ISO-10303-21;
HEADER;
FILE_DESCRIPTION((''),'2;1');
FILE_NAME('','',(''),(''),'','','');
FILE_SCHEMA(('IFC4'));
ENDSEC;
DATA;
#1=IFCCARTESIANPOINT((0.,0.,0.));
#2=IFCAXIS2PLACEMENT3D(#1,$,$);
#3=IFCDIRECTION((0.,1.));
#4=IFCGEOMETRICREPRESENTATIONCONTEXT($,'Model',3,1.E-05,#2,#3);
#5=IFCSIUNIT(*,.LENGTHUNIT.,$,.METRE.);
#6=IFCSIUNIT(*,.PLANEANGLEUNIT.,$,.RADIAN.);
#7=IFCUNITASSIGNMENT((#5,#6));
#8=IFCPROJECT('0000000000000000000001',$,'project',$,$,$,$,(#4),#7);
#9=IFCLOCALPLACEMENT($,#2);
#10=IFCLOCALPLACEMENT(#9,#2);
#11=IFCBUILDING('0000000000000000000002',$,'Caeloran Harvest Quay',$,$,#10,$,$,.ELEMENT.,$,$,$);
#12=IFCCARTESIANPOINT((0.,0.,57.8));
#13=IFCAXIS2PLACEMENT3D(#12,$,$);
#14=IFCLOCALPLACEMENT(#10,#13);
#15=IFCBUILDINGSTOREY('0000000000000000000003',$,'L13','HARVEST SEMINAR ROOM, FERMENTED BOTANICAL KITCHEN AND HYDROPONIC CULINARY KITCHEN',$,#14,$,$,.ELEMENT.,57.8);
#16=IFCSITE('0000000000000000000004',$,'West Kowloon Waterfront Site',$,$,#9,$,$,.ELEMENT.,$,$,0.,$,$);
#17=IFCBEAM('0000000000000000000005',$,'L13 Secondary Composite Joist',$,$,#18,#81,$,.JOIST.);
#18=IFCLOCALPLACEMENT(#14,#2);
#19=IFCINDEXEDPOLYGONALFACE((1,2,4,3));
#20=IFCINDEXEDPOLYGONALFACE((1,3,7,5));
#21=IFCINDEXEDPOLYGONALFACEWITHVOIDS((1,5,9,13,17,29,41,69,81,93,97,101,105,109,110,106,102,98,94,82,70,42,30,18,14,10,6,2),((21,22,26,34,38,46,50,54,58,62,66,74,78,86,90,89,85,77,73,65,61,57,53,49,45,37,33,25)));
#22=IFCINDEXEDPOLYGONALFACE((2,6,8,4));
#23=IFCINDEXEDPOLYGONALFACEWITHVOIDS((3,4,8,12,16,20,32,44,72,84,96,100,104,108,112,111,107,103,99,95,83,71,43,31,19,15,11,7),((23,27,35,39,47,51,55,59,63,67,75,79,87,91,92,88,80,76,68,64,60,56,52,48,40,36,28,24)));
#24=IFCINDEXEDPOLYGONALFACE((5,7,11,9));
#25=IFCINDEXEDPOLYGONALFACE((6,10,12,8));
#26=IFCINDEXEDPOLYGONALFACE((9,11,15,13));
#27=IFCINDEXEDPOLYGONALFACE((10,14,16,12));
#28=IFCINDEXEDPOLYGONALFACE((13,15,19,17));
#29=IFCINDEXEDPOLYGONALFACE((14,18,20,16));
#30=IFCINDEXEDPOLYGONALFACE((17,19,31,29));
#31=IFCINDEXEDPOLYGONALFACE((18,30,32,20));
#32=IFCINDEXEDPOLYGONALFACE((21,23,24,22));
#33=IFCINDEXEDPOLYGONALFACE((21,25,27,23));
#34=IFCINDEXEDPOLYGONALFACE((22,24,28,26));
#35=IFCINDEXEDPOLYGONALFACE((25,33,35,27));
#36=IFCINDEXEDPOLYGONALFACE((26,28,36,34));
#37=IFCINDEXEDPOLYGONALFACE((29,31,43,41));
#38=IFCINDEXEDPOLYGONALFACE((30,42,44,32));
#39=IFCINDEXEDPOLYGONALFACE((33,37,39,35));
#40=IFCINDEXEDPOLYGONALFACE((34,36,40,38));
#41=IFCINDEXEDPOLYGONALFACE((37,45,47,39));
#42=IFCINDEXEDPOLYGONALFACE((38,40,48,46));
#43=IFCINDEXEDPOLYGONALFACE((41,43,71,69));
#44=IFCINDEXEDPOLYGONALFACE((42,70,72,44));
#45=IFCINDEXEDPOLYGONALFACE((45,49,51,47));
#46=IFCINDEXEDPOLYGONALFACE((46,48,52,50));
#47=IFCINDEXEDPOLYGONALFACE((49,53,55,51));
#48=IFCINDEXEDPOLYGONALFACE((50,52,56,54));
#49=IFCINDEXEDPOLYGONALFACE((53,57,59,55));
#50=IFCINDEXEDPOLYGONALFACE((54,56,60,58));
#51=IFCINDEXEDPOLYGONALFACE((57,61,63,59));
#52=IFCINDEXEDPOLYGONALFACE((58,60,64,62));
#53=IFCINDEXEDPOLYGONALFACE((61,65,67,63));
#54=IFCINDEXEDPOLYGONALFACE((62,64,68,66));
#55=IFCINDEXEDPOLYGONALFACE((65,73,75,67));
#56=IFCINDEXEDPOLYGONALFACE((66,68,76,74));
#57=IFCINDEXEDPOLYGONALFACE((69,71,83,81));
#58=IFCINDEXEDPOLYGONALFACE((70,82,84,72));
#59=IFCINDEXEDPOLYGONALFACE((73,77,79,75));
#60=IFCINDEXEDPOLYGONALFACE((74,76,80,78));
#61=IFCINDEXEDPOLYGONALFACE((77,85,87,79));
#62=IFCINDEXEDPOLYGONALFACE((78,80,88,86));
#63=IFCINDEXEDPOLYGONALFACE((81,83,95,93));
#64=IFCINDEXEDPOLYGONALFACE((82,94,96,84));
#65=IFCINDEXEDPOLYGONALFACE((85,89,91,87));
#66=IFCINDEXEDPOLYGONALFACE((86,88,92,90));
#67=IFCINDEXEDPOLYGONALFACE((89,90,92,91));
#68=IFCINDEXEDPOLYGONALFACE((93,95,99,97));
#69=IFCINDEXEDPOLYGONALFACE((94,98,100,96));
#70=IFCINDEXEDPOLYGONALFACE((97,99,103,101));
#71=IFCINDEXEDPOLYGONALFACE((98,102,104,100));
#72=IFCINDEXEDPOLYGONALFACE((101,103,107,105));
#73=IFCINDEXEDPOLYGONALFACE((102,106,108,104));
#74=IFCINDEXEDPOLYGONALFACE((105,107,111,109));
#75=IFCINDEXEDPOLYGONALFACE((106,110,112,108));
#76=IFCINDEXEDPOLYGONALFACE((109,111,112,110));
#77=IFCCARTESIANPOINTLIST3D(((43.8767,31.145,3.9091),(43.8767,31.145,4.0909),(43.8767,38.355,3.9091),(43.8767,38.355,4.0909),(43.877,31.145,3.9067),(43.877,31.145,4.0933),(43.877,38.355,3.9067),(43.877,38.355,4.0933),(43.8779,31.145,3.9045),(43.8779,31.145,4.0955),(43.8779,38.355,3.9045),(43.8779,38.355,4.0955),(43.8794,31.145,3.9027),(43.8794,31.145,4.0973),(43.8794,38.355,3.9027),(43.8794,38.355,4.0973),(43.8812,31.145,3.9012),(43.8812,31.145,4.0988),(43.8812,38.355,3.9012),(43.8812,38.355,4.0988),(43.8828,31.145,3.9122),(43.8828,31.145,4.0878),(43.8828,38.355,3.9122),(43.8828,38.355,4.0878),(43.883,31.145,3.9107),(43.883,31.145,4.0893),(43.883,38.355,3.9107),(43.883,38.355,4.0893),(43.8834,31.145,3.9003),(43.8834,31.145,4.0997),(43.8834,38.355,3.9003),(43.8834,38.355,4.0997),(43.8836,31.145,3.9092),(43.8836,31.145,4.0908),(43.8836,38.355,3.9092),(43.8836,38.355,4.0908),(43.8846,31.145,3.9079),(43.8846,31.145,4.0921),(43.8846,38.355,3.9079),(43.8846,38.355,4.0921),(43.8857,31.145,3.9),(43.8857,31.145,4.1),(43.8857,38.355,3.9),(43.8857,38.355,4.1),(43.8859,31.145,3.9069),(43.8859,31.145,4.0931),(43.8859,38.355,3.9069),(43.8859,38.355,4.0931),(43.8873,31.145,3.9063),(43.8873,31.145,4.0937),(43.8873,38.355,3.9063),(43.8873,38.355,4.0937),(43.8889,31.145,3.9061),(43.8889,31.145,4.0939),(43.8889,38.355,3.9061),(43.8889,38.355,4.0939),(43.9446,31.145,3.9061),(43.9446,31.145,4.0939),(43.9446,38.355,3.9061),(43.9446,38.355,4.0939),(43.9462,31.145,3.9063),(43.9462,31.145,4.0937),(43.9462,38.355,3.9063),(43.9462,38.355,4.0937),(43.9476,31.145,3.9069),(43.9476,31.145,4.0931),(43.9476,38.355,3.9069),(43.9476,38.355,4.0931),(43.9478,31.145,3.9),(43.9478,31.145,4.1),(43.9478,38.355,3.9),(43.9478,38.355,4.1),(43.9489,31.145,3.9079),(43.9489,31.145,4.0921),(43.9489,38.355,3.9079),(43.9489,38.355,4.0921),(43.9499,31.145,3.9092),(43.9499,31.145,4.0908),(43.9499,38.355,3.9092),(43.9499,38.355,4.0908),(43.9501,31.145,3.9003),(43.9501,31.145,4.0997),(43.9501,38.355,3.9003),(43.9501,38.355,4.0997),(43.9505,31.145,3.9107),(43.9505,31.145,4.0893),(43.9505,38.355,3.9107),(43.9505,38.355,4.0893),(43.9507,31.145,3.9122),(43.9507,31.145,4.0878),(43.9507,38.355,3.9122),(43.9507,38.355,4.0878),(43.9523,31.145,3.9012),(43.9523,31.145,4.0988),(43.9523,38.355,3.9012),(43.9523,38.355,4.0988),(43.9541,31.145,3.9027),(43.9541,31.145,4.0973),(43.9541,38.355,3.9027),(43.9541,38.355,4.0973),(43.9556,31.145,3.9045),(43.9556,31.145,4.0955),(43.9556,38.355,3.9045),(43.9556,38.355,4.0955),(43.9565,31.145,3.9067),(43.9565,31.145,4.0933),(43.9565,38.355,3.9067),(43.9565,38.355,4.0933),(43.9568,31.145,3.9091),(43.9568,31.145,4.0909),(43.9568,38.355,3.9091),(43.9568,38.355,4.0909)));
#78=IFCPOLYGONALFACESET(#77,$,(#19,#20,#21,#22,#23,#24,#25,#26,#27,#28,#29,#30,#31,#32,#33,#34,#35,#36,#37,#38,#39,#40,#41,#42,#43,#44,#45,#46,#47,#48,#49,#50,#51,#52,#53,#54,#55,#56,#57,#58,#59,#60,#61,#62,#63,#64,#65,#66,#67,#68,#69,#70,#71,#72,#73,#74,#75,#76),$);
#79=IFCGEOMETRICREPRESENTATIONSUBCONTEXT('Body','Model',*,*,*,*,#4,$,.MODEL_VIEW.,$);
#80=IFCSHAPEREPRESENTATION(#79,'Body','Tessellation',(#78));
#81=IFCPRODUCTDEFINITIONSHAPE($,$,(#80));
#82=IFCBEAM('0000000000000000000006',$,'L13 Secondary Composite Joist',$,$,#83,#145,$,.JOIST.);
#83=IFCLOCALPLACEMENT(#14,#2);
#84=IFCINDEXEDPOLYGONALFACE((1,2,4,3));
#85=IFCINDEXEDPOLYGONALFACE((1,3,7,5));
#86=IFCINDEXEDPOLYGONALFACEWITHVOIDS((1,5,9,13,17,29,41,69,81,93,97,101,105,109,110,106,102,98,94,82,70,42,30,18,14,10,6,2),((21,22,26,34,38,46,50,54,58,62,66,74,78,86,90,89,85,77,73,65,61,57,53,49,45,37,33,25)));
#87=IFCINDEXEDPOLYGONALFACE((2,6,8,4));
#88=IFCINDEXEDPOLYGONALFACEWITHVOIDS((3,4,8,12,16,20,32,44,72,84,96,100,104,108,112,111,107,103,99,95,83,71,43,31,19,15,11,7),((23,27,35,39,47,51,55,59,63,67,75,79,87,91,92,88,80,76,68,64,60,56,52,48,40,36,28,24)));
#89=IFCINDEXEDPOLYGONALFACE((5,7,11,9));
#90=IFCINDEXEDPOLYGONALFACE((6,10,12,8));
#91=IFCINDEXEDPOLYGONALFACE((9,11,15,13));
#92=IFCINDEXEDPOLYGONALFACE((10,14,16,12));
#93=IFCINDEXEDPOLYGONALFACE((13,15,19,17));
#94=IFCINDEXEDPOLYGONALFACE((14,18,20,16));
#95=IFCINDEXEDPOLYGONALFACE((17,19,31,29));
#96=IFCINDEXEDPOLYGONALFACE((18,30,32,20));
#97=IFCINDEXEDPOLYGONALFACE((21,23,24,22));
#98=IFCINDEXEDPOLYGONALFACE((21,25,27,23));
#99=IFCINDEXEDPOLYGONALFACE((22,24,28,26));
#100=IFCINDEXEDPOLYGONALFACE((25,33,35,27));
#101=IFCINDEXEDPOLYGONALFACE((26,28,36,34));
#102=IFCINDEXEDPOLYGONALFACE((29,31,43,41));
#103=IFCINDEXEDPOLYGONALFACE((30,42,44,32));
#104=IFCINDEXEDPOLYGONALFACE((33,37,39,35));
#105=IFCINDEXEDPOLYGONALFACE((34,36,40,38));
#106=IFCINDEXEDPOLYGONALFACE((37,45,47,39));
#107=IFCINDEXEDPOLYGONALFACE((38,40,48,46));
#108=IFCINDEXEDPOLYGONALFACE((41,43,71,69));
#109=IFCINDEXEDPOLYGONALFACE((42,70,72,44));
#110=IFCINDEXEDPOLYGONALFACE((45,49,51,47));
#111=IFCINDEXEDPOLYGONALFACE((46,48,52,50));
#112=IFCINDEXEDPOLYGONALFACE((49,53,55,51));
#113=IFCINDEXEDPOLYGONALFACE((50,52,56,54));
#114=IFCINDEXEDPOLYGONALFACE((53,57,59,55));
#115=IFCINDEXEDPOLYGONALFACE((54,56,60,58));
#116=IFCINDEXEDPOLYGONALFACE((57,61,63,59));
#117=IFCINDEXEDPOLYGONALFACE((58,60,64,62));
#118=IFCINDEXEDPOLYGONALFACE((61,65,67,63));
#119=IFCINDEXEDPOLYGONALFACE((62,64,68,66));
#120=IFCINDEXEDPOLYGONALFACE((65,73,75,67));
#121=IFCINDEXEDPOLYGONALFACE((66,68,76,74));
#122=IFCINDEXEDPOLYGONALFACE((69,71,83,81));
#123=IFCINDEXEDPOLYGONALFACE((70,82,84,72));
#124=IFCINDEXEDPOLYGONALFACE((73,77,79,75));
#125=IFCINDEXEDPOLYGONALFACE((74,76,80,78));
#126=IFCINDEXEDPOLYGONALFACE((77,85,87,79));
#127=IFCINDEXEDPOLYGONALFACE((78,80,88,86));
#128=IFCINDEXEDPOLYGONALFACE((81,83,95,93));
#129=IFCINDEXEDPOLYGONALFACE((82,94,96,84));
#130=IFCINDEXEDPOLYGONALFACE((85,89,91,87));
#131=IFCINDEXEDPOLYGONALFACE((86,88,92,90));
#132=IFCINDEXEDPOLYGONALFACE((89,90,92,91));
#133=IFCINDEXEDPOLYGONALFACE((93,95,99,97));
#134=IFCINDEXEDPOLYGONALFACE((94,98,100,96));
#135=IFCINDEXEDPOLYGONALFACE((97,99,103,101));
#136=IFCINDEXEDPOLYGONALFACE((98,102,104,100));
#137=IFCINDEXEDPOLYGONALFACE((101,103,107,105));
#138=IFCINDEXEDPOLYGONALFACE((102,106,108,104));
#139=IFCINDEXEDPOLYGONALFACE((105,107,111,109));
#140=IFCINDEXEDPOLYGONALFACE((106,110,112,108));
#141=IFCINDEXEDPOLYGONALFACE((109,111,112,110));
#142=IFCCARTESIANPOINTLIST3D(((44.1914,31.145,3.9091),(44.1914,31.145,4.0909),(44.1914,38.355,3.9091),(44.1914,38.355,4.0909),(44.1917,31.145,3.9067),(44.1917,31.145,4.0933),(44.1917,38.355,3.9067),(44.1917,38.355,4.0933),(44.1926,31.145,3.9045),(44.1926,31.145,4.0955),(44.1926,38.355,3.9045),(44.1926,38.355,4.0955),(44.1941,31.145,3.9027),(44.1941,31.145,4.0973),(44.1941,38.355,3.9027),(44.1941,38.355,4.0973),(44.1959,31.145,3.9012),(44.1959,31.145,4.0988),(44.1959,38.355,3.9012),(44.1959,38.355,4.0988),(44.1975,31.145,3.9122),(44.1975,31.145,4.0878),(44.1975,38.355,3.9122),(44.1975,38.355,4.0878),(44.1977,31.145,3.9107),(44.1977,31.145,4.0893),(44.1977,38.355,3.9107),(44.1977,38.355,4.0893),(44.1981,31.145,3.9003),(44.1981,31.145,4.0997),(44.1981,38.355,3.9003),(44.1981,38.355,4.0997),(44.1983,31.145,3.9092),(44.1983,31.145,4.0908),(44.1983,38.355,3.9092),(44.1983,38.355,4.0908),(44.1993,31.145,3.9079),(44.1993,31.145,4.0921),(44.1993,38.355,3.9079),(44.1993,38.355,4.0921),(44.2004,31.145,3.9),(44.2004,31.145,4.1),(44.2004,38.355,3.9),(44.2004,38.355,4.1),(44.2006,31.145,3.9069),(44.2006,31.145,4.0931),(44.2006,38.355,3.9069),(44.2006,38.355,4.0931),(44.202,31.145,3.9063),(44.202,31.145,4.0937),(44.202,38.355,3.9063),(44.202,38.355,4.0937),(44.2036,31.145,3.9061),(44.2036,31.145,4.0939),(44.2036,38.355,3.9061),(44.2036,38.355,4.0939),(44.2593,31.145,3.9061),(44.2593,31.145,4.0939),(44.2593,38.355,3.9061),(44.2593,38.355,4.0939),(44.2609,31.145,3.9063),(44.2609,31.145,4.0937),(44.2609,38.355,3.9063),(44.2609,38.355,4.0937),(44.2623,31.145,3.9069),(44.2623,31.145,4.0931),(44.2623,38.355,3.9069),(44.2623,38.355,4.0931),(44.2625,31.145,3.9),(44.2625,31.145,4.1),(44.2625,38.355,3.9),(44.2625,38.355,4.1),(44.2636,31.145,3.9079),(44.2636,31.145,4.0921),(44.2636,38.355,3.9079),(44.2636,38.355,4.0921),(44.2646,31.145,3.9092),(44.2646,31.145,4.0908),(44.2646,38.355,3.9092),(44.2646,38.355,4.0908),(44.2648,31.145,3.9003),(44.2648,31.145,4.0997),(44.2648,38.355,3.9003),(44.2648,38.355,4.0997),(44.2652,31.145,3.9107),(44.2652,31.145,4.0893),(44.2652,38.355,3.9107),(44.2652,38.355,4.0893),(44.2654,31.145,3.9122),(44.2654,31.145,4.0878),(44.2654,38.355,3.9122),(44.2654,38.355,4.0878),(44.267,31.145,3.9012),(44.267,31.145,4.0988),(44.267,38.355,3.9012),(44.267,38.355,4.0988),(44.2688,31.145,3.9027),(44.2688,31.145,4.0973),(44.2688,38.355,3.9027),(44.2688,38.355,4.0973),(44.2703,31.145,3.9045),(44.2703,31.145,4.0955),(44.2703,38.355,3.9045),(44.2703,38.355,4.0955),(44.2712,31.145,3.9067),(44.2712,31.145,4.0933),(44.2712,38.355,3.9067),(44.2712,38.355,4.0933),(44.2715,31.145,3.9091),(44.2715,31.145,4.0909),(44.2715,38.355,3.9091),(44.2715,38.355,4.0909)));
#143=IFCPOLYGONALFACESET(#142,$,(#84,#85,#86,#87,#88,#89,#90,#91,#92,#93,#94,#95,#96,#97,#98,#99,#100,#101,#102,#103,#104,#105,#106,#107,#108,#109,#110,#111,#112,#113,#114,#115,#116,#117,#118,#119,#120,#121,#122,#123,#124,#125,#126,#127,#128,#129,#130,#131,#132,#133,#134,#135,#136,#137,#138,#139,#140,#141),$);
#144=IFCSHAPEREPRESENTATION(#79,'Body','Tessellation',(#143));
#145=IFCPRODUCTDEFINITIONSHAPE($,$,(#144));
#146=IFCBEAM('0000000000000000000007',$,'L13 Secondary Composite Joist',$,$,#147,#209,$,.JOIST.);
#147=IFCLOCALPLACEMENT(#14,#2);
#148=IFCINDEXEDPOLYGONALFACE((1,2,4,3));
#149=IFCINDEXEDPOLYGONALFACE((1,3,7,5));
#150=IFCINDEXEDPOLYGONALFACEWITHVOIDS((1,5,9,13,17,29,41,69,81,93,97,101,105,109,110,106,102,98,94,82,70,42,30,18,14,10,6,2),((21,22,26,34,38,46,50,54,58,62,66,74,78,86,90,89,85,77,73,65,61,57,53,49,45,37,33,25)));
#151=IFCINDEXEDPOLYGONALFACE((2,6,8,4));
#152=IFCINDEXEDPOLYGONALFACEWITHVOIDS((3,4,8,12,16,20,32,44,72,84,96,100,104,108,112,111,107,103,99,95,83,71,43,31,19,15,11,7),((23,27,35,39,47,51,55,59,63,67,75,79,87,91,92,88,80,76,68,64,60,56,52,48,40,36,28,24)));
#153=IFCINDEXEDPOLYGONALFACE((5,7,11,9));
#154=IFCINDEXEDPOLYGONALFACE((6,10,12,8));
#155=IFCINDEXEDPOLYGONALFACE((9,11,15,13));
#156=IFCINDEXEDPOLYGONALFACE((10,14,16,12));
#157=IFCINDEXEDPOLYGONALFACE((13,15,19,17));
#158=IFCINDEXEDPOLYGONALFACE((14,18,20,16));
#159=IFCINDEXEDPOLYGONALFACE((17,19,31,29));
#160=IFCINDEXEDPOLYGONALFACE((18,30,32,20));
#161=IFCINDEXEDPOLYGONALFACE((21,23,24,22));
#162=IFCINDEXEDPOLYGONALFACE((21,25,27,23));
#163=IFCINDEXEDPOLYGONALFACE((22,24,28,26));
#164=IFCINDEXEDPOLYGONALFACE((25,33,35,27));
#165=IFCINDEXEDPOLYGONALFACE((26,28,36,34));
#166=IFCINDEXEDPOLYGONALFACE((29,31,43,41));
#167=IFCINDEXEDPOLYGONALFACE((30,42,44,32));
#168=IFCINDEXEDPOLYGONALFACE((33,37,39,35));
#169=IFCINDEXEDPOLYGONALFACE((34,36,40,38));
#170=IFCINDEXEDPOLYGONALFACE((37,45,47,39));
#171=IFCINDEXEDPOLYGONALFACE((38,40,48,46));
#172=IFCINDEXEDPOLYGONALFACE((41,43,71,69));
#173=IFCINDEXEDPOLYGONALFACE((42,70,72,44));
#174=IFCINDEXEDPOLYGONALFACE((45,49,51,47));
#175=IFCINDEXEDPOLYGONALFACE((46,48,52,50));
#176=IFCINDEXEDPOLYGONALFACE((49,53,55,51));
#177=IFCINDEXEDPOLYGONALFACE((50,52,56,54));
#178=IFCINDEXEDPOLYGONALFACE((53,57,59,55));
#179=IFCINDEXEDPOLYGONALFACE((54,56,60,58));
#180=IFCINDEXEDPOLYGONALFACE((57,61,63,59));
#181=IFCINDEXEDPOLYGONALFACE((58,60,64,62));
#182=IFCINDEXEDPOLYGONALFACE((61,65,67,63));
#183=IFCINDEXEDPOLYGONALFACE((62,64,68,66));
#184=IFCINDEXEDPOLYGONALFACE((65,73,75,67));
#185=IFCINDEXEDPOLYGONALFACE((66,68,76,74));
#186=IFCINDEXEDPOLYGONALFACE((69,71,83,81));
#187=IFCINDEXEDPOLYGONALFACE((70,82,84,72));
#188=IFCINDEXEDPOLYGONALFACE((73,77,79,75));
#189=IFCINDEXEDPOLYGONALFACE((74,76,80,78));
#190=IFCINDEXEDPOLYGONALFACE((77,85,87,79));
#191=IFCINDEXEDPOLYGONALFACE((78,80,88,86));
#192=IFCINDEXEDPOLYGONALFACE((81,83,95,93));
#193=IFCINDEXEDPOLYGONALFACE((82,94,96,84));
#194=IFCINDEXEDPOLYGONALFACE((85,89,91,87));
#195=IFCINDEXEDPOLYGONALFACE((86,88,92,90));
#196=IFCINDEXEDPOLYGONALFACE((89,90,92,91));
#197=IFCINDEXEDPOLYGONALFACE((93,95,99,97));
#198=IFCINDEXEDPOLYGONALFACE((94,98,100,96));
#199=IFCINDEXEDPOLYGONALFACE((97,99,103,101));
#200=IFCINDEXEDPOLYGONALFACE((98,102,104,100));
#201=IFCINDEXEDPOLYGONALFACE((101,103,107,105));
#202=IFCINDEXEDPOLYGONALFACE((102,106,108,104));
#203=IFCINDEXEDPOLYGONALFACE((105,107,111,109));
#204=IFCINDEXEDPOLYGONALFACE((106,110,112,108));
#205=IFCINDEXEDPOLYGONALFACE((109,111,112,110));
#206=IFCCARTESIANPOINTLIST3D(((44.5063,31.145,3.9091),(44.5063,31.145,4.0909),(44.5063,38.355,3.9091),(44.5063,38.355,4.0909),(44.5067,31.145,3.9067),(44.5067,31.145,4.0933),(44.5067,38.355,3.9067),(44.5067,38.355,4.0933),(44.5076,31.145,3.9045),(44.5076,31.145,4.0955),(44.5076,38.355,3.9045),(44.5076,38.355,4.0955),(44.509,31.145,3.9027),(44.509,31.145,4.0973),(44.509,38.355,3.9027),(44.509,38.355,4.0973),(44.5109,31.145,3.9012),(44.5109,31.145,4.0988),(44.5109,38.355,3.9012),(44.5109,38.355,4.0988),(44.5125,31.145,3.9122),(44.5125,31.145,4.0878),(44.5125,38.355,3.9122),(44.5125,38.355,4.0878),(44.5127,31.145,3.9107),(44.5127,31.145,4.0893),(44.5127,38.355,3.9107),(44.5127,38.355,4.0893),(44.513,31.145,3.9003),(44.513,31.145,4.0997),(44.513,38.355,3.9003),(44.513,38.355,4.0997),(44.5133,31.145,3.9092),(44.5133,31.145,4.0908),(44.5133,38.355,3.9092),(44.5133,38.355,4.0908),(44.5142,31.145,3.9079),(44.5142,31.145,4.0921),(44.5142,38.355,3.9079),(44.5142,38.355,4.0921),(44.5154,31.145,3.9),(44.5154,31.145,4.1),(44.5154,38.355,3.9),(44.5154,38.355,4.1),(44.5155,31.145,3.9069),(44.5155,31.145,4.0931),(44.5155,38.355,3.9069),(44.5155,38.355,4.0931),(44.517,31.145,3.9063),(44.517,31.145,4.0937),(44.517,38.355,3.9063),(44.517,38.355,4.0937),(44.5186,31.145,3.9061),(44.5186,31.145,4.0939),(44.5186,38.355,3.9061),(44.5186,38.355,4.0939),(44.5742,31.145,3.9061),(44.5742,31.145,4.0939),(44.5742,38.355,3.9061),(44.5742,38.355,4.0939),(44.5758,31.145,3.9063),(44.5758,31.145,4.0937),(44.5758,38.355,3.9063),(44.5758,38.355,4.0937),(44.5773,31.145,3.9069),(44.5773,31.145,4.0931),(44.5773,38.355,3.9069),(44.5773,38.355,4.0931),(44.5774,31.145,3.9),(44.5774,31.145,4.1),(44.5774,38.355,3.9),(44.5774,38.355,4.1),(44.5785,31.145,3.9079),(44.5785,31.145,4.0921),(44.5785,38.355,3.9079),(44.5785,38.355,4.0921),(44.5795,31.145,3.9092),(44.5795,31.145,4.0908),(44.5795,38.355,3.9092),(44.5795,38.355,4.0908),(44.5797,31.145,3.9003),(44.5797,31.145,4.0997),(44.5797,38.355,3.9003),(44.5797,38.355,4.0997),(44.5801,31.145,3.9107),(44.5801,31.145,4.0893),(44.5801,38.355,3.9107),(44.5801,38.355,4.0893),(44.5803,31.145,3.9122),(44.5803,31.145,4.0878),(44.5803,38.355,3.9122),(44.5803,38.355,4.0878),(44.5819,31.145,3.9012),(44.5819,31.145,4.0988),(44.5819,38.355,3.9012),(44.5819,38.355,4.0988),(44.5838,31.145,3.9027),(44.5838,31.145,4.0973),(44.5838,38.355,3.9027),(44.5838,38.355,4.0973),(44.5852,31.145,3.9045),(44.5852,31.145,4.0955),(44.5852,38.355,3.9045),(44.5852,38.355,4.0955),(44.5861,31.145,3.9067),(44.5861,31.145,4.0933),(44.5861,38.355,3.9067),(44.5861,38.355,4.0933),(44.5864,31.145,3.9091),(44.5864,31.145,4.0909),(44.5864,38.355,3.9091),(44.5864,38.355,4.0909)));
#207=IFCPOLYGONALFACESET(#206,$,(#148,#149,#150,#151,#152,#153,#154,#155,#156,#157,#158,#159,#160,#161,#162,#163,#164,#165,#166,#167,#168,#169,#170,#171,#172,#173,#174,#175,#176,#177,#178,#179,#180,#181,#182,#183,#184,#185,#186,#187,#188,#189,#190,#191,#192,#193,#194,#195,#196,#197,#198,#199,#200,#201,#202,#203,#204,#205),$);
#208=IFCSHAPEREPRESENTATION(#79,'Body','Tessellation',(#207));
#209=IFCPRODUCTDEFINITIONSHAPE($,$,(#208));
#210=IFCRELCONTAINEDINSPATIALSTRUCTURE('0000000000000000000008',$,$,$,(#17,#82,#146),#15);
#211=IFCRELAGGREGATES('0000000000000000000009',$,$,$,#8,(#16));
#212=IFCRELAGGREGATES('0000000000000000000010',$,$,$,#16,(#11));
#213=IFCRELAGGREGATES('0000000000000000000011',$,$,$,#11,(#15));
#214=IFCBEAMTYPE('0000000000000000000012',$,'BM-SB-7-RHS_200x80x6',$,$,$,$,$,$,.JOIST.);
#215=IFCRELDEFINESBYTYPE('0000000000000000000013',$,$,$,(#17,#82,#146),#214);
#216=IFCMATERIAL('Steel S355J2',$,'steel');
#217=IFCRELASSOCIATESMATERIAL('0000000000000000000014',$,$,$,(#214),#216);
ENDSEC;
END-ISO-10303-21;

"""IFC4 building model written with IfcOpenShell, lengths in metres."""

from ifc_helpers import new_model, si_unit, direction, frame, origin, origin_2d, place, context, subcontext, project, spatial, hollow_rectangle, extrude, material, material_profile, profile_set, type_object, element, save


model = new_model("IFC4")

# Units and contexts
model_context = context("Model", 3, precision=1e-05, world=origin(), true_north=direction((0.0, 1.0)))
body_context = subcontext(model_context, "Body", "Model", "MODEL_VIEW")
ifc_project = project(units=[si_unit("LENGTHUNIT", "METRE"), si_unit("PLANEANGLEUNIT", "RADIAN")], contexts=[model_context])

# Site, building, storey
site_placement = place(None, origin())
site = spatial("IfcSite", under=ifc_project, at=site_placement, Name="West Kowloon Waterfront Site", CompositionType="ELEMENT", RefElevation=0.0)
building_placement = place(site_placement, origin())
building = spatial("IfcBuilding", under=site, at=building_placement, Name="Caeloran Harvest Quay", CompositionType="ELEMENT")
storey_placement = place(building_placement, frame((0.0, 0.0, 57.8)))
storey = spatial("IfcBuildingStorey", under=building, at=storey_placement, Name="L13", Description="HARVEST SEMINAR ROOM, FERMENTED BOTANICAL KITCHEN AND HYDROPONIC CULINARY KITCHEN", CompositionType="ELEMENT", Elevation=57.8)

# Beams
ifc_material_1 = material(Name="Steel S355J2", Category="steel")
ifc_material_profile_1 = material_profile(ifc_material_1, hollow_rectangle(XDim=0.0801, YDim=0.2, WallThickness=0.0061, InnerFilletRadius=0.0061, OuterFilletRadius=0.009, at=origin_2d()), Name="RHS 200x80x6")
ifc_profile_set_1 = profile_set([ifc_material_profile_1], Name="Steel S355J2")
beam_type_1 = type_object("IfcBeamType", Name="BM-SB-7-RHS_200x80x6", PredefinedType="JOIST", material=ifc_profile_set_1)
for number, where, z_axis, x_axis, name in (
    (1, (43.9167, 31.145, 4.0), (0.0, 1.0, 0.0), (-1.0, 0.0, 0.0), "L13 Secondary Composite Joist"),
    (2, (44.2314, 31.145, 4.0), (0.0, 1.0, 0.0), (-1.0, 0.0, 0.0), "L13 Secondary Composite Joist"),
    (3, (44.5464, 31.145, 4.0), (0.0, 1.0, 0.0), (-1.0, 0.0, 0.0), "L13 Secondary Composite Joist"),
):
    element("IfcBeam", number, at=place(storey_placement, frame(where, z_axis=z_axis, x_axis=x_axis)), inside=storey, type_object=beam_type_1, Name=name, PredefinedType="JOIST", context=body_context, shape_type="SweptSolid", body=[
        extrude(hollow_rectangle(XDim=0.0801, YDim=0.2, WallThickness=0.0061, InnerFilletRadius=0.0061, OuterFilletRadius=0.009, at=origin_2d()), origin(), (0.0, 0.0, 1.0), 7.21),
    ])

save(model, "model.ifc")
